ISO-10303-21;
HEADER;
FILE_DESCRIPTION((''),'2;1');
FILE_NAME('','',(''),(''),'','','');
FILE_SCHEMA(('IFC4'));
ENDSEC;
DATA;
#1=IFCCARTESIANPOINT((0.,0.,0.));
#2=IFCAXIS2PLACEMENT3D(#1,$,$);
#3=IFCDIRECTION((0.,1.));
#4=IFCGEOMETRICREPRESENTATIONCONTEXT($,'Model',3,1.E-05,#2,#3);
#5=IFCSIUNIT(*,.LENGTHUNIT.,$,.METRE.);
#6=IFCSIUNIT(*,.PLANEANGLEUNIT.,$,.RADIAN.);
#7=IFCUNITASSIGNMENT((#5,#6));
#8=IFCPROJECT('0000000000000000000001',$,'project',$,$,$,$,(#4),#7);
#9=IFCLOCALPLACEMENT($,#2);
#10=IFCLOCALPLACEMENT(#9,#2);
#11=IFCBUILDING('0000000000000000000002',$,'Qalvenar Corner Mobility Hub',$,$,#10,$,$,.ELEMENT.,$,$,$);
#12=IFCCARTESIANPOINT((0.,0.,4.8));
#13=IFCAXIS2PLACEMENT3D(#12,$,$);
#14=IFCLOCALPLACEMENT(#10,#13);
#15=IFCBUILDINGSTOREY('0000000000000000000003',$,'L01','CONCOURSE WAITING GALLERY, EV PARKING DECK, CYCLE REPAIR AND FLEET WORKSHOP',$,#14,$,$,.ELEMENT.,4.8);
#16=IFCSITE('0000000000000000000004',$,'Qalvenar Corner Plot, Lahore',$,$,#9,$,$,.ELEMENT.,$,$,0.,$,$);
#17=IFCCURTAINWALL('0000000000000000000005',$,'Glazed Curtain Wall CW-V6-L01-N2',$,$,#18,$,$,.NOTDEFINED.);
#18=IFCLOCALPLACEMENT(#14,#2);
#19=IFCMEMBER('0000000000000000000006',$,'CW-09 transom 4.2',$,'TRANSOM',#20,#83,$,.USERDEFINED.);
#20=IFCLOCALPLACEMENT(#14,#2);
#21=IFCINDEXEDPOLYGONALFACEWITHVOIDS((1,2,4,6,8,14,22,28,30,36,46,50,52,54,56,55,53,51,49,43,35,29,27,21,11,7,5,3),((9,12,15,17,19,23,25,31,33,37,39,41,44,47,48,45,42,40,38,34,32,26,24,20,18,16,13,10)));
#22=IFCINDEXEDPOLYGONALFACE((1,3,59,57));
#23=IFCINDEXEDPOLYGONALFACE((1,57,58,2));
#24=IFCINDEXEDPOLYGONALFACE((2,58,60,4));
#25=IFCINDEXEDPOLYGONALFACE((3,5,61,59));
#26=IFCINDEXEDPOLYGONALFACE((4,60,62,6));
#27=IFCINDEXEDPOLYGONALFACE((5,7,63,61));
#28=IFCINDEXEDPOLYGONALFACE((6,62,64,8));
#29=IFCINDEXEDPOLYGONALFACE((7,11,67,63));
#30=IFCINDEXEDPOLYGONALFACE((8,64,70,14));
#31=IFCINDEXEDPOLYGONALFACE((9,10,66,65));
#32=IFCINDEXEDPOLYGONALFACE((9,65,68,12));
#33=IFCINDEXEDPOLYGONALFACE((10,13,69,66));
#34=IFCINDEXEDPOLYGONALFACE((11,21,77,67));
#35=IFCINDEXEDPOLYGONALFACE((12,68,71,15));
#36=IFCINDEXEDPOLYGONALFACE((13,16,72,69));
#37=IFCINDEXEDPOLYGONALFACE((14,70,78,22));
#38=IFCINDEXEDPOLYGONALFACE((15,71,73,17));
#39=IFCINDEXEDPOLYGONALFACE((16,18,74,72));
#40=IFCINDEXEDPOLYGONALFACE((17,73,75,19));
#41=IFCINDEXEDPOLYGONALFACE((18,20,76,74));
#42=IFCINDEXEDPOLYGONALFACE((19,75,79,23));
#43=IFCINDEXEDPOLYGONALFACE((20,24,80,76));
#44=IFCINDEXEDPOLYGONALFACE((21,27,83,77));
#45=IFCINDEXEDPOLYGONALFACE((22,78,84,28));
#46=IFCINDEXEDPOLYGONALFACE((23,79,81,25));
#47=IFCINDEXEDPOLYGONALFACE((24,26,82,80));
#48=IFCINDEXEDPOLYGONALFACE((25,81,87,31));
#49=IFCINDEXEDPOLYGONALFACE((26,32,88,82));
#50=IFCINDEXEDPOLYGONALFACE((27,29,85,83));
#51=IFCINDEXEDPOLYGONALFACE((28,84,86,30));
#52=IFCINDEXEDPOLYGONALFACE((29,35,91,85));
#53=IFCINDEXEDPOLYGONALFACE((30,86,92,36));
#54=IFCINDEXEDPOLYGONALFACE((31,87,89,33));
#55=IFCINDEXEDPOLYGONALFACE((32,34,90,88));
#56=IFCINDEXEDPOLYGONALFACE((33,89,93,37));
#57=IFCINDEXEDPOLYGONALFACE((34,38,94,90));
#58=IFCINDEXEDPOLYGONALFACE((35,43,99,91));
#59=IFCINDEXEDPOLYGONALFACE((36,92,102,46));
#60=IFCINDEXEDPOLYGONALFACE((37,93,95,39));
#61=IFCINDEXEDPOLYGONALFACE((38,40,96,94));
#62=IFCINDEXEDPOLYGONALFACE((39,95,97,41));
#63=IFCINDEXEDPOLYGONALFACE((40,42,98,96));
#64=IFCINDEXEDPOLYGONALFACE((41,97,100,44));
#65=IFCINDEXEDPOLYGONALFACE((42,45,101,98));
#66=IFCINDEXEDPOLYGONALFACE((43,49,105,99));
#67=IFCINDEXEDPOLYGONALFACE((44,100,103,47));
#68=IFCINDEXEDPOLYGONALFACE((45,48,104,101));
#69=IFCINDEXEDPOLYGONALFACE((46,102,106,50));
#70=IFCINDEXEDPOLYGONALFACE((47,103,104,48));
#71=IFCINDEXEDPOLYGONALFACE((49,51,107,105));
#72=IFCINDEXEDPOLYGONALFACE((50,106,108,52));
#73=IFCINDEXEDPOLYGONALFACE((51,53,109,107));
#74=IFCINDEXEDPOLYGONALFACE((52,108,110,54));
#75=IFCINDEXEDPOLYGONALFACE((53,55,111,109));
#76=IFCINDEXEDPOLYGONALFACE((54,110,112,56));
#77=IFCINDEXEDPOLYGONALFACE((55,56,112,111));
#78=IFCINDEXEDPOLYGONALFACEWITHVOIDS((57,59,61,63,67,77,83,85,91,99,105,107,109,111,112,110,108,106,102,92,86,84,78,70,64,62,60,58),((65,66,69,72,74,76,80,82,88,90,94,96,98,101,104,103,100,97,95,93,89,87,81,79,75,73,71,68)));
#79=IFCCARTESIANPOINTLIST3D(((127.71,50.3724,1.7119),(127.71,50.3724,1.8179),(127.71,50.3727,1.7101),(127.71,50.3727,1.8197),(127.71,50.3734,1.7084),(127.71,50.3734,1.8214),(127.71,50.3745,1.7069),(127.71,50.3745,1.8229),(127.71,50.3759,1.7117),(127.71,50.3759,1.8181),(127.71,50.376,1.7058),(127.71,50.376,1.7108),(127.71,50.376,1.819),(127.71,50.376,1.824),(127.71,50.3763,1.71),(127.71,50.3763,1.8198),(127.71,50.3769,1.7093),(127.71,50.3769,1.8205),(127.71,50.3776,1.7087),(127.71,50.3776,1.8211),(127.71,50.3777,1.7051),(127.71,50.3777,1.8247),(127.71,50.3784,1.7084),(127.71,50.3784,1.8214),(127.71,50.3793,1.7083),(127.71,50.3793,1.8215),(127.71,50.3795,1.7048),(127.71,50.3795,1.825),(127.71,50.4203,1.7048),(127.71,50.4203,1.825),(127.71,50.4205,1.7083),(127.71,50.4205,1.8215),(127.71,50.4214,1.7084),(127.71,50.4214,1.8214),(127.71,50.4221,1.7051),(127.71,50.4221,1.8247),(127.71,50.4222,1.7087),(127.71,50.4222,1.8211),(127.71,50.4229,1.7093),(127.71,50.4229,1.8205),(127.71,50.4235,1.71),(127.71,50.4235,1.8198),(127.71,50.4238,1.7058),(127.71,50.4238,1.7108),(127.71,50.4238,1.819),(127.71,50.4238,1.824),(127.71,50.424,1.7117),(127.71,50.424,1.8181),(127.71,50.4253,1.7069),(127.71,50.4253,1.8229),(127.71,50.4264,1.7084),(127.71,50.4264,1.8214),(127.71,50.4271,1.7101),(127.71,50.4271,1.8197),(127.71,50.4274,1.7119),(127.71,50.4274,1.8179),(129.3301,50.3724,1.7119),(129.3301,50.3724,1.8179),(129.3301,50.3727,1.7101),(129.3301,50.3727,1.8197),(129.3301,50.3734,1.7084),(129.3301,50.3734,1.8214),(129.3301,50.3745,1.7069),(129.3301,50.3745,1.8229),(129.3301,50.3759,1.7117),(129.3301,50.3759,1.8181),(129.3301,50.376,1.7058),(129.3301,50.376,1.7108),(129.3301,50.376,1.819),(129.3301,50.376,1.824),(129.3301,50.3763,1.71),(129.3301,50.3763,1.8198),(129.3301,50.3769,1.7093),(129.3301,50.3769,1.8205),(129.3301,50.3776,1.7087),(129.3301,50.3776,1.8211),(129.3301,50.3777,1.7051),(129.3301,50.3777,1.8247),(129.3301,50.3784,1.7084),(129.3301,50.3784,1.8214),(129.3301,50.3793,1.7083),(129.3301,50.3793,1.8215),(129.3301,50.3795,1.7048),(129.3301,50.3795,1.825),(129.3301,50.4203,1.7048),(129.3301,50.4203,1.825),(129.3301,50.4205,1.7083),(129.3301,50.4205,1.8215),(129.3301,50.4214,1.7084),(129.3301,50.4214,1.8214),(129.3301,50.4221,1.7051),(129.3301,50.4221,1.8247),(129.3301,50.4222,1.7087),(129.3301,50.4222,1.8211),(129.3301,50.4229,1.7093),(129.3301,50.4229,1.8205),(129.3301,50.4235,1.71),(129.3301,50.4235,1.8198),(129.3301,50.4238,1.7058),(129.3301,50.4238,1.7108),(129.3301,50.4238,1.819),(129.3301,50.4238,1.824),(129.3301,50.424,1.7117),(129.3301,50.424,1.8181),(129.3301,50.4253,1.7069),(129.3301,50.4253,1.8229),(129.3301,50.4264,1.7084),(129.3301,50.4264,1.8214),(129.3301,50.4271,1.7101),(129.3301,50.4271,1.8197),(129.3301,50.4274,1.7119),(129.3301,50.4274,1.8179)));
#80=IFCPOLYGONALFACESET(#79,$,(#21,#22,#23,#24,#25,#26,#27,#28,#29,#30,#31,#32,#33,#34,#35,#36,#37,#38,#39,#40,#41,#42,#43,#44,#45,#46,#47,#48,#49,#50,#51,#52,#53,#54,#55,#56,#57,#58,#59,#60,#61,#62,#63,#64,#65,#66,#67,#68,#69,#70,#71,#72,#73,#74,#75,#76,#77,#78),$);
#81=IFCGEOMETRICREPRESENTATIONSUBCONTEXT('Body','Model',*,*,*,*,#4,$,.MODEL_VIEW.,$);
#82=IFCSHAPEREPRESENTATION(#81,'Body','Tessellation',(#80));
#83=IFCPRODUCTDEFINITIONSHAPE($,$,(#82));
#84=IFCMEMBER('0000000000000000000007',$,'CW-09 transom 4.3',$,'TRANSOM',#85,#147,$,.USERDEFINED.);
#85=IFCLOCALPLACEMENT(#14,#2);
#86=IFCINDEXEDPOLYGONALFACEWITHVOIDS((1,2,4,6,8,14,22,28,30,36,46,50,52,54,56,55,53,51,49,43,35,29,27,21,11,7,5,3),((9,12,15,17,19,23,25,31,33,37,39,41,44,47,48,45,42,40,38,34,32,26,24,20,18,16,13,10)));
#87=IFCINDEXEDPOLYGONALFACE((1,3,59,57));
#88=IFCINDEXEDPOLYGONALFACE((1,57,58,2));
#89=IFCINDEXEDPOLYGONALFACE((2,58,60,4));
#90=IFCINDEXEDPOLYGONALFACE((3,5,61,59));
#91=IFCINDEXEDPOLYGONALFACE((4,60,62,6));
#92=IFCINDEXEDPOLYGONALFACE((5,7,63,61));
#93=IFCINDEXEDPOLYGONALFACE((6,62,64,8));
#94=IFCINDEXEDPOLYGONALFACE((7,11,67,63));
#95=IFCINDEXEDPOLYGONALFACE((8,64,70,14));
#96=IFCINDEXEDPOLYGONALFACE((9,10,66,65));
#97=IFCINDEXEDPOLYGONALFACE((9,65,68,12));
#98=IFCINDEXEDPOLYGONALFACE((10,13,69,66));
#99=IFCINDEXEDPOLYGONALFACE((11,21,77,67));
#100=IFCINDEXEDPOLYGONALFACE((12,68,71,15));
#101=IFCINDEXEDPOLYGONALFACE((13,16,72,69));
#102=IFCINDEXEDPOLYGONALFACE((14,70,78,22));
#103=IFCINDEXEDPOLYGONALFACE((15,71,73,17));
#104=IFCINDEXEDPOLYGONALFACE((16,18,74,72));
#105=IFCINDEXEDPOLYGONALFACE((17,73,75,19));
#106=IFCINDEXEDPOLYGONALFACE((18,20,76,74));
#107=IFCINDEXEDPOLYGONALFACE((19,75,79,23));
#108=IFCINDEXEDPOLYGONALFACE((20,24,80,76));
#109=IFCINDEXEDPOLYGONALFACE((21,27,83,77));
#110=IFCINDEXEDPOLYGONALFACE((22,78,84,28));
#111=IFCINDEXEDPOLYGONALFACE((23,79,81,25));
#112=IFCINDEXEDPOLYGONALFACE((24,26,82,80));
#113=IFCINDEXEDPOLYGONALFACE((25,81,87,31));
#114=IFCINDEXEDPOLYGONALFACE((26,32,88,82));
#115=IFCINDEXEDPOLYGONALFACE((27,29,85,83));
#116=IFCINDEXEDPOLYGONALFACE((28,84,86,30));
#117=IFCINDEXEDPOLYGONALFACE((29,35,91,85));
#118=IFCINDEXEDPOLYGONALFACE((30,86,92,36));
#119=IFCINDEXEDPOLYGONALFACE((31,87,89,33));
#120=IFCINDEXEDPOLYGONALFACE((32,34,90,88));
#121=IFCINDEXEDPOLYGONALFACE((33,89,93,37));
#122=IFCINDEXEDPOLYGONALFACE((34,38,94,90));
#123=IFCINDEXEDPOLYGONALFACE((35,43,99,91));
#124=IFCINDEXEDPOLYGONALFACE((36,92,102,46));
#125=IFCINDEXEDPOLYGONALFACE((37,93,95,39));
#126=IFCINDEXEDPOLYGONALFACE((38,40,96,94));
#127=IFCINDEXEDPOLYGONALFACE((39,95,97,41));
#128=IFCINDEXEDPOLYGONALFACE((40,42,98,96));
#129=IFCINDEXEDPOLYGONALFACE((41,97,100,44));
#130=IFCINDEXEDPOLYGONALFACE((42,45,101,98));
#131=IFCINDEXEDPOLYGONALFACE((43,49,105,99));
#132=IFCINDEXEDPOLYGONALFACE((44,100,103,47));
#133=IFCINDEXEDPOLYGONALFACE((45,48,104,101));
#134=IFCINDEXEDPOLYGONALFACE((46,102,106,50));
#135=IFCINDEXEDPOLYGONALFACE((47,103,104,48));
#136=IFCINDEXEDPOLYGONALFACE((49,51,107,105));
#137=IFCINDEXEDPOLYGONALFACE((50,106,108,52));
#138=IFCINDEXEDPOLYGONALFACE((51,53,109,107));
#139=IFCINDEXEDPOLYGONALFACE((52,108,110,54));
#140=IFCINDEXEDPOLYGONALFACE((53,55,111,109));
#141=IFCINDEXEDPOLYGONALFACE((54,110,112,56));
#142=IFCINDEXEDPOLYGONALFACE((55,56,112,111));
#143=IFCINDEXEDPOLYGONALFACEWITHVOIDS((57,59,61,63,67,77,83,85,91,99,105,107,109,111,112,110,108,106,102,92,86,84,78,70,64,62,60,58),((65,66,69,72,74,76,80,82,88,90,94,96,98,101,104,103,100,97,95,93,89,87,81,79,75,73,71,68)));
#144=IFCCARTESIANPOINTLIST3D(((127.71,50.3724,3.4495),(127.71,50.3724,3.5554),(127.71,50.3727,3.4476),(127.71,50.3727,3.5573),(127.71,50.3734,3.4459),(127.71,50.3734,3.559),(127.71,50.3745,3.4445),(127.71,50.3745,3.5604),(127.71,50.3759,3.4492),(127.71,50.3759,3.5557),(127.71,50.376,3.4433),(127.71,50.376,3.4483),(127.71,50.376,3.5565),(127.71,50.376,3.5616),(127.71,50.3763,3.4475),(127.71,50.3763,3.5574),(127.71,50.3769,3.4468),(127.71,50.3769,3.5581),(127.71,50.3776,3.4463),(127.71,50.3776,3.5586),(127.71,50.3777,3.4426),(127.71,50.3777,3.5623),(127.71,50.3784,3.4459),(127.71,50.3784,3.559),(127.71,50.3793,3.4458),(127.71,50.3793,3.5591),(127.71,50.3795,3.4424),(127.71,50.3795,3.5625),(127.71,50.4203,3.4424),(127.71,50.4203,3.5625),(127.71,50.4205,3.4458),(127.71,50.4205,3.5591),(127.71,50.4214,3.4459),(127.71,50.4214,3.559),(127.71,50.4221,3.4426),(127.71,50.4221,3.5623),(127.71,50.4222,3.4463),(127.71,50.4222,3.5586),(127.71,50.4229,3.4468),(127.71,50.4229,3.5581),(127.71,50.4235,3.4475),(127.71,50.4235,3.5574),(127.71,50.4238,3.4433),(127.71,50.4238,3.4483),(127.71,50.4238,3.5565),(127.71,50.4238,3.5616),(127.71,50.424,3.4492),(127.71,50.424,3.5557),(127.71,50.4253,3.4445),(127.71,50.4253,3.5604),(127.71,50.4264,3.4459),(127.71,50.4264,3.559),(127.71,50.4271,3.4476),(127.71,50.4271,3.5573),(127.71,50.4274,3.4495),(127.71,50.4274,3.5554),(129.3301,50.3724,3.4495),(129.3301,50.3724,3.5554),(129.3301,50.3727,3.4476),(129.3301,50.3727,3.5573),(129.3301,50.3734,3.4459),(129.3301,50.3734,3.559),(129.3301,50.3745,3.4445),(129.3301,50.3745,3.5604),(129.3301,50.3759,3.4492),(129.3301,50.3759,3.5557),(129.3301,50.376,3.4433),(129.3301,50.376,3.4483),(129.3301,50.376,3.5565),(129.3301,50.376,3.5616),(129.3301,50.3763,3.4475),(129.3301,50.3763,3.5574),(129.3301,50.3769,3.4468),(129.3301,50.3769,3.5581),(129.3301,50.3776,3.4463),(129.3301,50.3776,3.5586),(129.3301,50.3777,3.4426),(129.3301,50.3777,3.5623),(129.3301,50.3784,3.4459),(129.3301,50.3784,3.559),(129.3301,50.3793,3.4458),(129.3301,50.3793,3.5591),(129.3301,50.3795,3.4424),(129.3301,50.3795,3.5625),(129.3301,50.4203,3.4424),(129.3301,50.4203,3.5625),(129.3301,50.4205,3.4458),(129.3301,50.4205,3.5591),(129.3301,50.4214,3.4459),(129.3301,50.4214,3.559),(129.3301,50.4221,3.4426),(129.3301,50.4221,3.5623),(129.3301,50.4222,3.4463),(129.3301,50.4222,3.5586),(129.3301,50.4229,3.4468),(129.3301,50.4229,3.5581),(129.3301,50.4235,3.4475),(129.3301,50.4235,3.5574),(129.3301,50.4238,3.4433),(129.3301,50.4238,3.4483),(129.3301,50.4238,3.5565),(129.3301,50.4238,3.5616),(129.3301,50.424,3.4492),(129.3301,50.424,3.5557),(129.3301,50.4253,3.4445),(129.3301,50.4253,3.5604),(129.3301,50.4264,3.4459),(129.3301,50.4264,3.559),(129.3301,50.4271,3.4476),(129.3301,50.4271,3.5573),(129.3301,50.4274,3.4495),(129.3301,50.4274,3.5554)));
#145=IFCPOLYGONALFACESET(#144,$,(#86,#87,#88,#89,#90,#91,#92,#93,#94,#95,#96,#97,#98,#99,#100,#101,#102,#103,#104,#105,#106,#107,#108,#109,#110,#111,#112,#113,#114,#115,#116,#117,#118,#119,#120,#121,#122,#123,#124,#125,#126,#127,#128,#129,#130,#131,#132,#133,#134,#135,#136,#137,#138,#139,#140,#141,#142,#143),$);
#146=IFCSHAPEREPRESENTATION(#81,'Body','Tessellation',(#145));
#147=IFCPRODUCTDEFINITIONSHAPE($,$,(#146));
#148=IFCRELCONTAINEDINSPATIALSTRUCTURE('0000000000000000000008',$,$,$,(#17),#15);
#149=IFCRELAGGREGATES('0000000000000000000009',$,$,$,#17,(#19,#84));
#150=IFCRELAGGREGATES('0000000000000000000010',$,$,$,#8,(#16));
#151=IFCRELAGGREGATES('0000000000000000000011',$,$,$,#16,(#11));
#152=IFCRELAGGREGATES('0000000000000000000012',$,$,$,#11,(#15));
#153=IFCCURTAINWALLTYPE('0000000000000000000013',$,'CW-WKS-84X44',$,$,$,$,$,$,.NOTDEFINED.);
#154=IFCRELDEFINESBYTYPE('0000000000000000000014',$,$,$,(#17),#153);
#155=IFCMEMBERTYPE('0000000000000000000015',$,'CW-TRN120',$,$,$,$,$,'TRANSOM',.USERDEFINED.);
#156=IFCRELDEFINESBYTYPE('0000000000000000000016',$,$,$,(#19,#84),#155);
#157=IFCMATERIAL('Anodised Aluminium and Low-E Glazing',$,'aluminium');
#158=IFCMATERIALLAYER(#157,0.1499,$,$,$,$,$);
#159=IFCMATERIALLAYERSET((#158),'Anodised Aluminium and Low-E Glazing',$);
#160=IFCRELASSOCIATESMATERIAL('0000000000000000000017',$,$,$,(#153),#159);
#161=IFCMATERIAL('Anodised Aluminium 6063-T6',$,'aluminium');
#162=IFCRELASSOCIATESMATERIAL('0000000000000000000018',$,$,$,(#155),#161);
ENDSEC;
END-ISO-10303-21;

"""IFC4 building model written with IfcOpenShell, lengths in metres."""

from ifc_helpers import new_model, si_unit, direction, frame, origin, origin_2d, place, context, subcontext, project, spatial, hollow_rectangle, extrude, material, layer, layer_set, material_profile, profile_set, type_object, element, aggregate, save


model = new_model("IFC4")

# Units and contexts
model_context = context("Model", 3, precision=1e-05, world=origin(), true_north=direction((0.0, 1.0)))
body_context = subcontext(model_context, "Body", "Model", "MODEL_VIEW")
ifc_project = project(units=[si_unit("LENGTHUNIT", "METRE"), si_unit("PLANEANGLEUNIT", "RADIAN")], contexts=[model_context])

# Site, building, storey
site_placement = place(None, origin())
site = spatial("IfcSite", under=ifc_project, at=site_placement, Name="Qalvenar Corner Plot, Lahore", CompositionType="ELEMENT", RefElevation=0.0)
building_placement = place(site_placement, origin())
building = spatial("IfcBuilding", under=site, at=building_placement, Name="Qalvenar Corner Mobility Hub", CompositionType="ELEMENT")
storey_placement = place(building_placement, frame((0.0, 0.0, 4.8)))
storey = spatial("IfcBuildingStorey", under=building, at=storey_placement, Name="L01", Description="CONCOURSE WAITING GALLERY, EV PARKING DECK, CYCLE REPAIR AND FLEET WORKSHOP", CompositionType="ELEMENT", Elevation=4.8)

# Curtain wall, members
ifc_material_1 = material(Name="Anodised Aluminium and Low-E Glazing", Category="aluminium")
ifc_layer_1 = layer(ifc_material_1, 0.1499)
ifc_layer_set_1 = layer_set([ifc_layer_1], Name="Anodised Aluminium and Low-E Glazing")
curtain_wall_type = type_object("IfcCurtainWallType", Name="CW-WKS-84X44", PredefinedType="NOTDEFINED", material=ifc_layer_set_1)
curtain_wall_placement = place(storey_placement, origin())
curtain_wall = element("IfcCurtainWall", 1, at=curtain_wall_placement, inside=storey, type_object=curtain_wall_type, Name="Glazed Curtain Wall CW-V6-L01-N2", PredefinedType="NOTDEFINED")
ifc_material_2 = material(Name="Anodised Aluminium 6063-T6", Category="aluminium")
ifc_material_profile_1 = material_profile(ifc_material_2, hollow_rectangle(XDim=0.0549, YDim=0.1201, WallThickness=0.0034, InnerFilletRadius=0.0034, OuterFilletRadius=0.0071, at=origin_2d()), Name="RHS120x55x3.5")
ifc_profile_set_1 = profile_set([ifc_material_profile_1], Name="Anodised Aluminium 6063-T6")
member_type_1 = type_object("IfcMemberType", Name="CW-TRN120", ElementType="TRANSOM", PredefinedType="USERDEFINED", material=ifc_profile_set_1)
member_1_placement = place(storey_placement, frame((129.3301, 50.3999, 1.7649), z_axis=(-1.0, 0.0, 0.0), x_axis=(0.0, -1.0, 0.0)))
member_1 = element("IfcMember", 2, at=member_1_placement, type_object=member_type_1, Name="CW-09 transom 4.2", ObjectType="TRANSOM", PredefinedType="USERDEFINED", context=body_context, shape_type="SweptSolid", body=[
    extrude(hollow_rectangle(XDim=0.0549, YDim=0.1201, WallThickness=0.0034, InnerFilletRadius=0.0034, OuterFilletRadius=0.0071, at=origin_2d()), origin(), (0.0, 0.0, 1.0), 1.6201),
])
member_2_placement = place(storey_placement, frame((129.3301, 50.3999, 3.5024), z_axis=(-1.0, 0.0, 0.0), x_axis=(0.0, -1.0, 0.0)))
member_2 = element("IfcMember", 3, at=member_2_placement, type_object=member_type_1, Name="CW-09 transom 4.3", ObjectType="TRANSOM", PredefinedType="USERDEFINED", context=body_context, shape_type="SweptSolid", body=[
    extrude(hollow_rectangle(XDim=0.0549, YDim=0.1201, WallThickness=0.0034, InnerFilletRadius=0.0034, OuterFilletRadius=0.0071, at=origin_2d()), origin(), (0.0, 0.0, 1.0), 1.6201),
])

aggregate(curtain_wall, [member_1, member_2])

save(model, "model.ifc")
